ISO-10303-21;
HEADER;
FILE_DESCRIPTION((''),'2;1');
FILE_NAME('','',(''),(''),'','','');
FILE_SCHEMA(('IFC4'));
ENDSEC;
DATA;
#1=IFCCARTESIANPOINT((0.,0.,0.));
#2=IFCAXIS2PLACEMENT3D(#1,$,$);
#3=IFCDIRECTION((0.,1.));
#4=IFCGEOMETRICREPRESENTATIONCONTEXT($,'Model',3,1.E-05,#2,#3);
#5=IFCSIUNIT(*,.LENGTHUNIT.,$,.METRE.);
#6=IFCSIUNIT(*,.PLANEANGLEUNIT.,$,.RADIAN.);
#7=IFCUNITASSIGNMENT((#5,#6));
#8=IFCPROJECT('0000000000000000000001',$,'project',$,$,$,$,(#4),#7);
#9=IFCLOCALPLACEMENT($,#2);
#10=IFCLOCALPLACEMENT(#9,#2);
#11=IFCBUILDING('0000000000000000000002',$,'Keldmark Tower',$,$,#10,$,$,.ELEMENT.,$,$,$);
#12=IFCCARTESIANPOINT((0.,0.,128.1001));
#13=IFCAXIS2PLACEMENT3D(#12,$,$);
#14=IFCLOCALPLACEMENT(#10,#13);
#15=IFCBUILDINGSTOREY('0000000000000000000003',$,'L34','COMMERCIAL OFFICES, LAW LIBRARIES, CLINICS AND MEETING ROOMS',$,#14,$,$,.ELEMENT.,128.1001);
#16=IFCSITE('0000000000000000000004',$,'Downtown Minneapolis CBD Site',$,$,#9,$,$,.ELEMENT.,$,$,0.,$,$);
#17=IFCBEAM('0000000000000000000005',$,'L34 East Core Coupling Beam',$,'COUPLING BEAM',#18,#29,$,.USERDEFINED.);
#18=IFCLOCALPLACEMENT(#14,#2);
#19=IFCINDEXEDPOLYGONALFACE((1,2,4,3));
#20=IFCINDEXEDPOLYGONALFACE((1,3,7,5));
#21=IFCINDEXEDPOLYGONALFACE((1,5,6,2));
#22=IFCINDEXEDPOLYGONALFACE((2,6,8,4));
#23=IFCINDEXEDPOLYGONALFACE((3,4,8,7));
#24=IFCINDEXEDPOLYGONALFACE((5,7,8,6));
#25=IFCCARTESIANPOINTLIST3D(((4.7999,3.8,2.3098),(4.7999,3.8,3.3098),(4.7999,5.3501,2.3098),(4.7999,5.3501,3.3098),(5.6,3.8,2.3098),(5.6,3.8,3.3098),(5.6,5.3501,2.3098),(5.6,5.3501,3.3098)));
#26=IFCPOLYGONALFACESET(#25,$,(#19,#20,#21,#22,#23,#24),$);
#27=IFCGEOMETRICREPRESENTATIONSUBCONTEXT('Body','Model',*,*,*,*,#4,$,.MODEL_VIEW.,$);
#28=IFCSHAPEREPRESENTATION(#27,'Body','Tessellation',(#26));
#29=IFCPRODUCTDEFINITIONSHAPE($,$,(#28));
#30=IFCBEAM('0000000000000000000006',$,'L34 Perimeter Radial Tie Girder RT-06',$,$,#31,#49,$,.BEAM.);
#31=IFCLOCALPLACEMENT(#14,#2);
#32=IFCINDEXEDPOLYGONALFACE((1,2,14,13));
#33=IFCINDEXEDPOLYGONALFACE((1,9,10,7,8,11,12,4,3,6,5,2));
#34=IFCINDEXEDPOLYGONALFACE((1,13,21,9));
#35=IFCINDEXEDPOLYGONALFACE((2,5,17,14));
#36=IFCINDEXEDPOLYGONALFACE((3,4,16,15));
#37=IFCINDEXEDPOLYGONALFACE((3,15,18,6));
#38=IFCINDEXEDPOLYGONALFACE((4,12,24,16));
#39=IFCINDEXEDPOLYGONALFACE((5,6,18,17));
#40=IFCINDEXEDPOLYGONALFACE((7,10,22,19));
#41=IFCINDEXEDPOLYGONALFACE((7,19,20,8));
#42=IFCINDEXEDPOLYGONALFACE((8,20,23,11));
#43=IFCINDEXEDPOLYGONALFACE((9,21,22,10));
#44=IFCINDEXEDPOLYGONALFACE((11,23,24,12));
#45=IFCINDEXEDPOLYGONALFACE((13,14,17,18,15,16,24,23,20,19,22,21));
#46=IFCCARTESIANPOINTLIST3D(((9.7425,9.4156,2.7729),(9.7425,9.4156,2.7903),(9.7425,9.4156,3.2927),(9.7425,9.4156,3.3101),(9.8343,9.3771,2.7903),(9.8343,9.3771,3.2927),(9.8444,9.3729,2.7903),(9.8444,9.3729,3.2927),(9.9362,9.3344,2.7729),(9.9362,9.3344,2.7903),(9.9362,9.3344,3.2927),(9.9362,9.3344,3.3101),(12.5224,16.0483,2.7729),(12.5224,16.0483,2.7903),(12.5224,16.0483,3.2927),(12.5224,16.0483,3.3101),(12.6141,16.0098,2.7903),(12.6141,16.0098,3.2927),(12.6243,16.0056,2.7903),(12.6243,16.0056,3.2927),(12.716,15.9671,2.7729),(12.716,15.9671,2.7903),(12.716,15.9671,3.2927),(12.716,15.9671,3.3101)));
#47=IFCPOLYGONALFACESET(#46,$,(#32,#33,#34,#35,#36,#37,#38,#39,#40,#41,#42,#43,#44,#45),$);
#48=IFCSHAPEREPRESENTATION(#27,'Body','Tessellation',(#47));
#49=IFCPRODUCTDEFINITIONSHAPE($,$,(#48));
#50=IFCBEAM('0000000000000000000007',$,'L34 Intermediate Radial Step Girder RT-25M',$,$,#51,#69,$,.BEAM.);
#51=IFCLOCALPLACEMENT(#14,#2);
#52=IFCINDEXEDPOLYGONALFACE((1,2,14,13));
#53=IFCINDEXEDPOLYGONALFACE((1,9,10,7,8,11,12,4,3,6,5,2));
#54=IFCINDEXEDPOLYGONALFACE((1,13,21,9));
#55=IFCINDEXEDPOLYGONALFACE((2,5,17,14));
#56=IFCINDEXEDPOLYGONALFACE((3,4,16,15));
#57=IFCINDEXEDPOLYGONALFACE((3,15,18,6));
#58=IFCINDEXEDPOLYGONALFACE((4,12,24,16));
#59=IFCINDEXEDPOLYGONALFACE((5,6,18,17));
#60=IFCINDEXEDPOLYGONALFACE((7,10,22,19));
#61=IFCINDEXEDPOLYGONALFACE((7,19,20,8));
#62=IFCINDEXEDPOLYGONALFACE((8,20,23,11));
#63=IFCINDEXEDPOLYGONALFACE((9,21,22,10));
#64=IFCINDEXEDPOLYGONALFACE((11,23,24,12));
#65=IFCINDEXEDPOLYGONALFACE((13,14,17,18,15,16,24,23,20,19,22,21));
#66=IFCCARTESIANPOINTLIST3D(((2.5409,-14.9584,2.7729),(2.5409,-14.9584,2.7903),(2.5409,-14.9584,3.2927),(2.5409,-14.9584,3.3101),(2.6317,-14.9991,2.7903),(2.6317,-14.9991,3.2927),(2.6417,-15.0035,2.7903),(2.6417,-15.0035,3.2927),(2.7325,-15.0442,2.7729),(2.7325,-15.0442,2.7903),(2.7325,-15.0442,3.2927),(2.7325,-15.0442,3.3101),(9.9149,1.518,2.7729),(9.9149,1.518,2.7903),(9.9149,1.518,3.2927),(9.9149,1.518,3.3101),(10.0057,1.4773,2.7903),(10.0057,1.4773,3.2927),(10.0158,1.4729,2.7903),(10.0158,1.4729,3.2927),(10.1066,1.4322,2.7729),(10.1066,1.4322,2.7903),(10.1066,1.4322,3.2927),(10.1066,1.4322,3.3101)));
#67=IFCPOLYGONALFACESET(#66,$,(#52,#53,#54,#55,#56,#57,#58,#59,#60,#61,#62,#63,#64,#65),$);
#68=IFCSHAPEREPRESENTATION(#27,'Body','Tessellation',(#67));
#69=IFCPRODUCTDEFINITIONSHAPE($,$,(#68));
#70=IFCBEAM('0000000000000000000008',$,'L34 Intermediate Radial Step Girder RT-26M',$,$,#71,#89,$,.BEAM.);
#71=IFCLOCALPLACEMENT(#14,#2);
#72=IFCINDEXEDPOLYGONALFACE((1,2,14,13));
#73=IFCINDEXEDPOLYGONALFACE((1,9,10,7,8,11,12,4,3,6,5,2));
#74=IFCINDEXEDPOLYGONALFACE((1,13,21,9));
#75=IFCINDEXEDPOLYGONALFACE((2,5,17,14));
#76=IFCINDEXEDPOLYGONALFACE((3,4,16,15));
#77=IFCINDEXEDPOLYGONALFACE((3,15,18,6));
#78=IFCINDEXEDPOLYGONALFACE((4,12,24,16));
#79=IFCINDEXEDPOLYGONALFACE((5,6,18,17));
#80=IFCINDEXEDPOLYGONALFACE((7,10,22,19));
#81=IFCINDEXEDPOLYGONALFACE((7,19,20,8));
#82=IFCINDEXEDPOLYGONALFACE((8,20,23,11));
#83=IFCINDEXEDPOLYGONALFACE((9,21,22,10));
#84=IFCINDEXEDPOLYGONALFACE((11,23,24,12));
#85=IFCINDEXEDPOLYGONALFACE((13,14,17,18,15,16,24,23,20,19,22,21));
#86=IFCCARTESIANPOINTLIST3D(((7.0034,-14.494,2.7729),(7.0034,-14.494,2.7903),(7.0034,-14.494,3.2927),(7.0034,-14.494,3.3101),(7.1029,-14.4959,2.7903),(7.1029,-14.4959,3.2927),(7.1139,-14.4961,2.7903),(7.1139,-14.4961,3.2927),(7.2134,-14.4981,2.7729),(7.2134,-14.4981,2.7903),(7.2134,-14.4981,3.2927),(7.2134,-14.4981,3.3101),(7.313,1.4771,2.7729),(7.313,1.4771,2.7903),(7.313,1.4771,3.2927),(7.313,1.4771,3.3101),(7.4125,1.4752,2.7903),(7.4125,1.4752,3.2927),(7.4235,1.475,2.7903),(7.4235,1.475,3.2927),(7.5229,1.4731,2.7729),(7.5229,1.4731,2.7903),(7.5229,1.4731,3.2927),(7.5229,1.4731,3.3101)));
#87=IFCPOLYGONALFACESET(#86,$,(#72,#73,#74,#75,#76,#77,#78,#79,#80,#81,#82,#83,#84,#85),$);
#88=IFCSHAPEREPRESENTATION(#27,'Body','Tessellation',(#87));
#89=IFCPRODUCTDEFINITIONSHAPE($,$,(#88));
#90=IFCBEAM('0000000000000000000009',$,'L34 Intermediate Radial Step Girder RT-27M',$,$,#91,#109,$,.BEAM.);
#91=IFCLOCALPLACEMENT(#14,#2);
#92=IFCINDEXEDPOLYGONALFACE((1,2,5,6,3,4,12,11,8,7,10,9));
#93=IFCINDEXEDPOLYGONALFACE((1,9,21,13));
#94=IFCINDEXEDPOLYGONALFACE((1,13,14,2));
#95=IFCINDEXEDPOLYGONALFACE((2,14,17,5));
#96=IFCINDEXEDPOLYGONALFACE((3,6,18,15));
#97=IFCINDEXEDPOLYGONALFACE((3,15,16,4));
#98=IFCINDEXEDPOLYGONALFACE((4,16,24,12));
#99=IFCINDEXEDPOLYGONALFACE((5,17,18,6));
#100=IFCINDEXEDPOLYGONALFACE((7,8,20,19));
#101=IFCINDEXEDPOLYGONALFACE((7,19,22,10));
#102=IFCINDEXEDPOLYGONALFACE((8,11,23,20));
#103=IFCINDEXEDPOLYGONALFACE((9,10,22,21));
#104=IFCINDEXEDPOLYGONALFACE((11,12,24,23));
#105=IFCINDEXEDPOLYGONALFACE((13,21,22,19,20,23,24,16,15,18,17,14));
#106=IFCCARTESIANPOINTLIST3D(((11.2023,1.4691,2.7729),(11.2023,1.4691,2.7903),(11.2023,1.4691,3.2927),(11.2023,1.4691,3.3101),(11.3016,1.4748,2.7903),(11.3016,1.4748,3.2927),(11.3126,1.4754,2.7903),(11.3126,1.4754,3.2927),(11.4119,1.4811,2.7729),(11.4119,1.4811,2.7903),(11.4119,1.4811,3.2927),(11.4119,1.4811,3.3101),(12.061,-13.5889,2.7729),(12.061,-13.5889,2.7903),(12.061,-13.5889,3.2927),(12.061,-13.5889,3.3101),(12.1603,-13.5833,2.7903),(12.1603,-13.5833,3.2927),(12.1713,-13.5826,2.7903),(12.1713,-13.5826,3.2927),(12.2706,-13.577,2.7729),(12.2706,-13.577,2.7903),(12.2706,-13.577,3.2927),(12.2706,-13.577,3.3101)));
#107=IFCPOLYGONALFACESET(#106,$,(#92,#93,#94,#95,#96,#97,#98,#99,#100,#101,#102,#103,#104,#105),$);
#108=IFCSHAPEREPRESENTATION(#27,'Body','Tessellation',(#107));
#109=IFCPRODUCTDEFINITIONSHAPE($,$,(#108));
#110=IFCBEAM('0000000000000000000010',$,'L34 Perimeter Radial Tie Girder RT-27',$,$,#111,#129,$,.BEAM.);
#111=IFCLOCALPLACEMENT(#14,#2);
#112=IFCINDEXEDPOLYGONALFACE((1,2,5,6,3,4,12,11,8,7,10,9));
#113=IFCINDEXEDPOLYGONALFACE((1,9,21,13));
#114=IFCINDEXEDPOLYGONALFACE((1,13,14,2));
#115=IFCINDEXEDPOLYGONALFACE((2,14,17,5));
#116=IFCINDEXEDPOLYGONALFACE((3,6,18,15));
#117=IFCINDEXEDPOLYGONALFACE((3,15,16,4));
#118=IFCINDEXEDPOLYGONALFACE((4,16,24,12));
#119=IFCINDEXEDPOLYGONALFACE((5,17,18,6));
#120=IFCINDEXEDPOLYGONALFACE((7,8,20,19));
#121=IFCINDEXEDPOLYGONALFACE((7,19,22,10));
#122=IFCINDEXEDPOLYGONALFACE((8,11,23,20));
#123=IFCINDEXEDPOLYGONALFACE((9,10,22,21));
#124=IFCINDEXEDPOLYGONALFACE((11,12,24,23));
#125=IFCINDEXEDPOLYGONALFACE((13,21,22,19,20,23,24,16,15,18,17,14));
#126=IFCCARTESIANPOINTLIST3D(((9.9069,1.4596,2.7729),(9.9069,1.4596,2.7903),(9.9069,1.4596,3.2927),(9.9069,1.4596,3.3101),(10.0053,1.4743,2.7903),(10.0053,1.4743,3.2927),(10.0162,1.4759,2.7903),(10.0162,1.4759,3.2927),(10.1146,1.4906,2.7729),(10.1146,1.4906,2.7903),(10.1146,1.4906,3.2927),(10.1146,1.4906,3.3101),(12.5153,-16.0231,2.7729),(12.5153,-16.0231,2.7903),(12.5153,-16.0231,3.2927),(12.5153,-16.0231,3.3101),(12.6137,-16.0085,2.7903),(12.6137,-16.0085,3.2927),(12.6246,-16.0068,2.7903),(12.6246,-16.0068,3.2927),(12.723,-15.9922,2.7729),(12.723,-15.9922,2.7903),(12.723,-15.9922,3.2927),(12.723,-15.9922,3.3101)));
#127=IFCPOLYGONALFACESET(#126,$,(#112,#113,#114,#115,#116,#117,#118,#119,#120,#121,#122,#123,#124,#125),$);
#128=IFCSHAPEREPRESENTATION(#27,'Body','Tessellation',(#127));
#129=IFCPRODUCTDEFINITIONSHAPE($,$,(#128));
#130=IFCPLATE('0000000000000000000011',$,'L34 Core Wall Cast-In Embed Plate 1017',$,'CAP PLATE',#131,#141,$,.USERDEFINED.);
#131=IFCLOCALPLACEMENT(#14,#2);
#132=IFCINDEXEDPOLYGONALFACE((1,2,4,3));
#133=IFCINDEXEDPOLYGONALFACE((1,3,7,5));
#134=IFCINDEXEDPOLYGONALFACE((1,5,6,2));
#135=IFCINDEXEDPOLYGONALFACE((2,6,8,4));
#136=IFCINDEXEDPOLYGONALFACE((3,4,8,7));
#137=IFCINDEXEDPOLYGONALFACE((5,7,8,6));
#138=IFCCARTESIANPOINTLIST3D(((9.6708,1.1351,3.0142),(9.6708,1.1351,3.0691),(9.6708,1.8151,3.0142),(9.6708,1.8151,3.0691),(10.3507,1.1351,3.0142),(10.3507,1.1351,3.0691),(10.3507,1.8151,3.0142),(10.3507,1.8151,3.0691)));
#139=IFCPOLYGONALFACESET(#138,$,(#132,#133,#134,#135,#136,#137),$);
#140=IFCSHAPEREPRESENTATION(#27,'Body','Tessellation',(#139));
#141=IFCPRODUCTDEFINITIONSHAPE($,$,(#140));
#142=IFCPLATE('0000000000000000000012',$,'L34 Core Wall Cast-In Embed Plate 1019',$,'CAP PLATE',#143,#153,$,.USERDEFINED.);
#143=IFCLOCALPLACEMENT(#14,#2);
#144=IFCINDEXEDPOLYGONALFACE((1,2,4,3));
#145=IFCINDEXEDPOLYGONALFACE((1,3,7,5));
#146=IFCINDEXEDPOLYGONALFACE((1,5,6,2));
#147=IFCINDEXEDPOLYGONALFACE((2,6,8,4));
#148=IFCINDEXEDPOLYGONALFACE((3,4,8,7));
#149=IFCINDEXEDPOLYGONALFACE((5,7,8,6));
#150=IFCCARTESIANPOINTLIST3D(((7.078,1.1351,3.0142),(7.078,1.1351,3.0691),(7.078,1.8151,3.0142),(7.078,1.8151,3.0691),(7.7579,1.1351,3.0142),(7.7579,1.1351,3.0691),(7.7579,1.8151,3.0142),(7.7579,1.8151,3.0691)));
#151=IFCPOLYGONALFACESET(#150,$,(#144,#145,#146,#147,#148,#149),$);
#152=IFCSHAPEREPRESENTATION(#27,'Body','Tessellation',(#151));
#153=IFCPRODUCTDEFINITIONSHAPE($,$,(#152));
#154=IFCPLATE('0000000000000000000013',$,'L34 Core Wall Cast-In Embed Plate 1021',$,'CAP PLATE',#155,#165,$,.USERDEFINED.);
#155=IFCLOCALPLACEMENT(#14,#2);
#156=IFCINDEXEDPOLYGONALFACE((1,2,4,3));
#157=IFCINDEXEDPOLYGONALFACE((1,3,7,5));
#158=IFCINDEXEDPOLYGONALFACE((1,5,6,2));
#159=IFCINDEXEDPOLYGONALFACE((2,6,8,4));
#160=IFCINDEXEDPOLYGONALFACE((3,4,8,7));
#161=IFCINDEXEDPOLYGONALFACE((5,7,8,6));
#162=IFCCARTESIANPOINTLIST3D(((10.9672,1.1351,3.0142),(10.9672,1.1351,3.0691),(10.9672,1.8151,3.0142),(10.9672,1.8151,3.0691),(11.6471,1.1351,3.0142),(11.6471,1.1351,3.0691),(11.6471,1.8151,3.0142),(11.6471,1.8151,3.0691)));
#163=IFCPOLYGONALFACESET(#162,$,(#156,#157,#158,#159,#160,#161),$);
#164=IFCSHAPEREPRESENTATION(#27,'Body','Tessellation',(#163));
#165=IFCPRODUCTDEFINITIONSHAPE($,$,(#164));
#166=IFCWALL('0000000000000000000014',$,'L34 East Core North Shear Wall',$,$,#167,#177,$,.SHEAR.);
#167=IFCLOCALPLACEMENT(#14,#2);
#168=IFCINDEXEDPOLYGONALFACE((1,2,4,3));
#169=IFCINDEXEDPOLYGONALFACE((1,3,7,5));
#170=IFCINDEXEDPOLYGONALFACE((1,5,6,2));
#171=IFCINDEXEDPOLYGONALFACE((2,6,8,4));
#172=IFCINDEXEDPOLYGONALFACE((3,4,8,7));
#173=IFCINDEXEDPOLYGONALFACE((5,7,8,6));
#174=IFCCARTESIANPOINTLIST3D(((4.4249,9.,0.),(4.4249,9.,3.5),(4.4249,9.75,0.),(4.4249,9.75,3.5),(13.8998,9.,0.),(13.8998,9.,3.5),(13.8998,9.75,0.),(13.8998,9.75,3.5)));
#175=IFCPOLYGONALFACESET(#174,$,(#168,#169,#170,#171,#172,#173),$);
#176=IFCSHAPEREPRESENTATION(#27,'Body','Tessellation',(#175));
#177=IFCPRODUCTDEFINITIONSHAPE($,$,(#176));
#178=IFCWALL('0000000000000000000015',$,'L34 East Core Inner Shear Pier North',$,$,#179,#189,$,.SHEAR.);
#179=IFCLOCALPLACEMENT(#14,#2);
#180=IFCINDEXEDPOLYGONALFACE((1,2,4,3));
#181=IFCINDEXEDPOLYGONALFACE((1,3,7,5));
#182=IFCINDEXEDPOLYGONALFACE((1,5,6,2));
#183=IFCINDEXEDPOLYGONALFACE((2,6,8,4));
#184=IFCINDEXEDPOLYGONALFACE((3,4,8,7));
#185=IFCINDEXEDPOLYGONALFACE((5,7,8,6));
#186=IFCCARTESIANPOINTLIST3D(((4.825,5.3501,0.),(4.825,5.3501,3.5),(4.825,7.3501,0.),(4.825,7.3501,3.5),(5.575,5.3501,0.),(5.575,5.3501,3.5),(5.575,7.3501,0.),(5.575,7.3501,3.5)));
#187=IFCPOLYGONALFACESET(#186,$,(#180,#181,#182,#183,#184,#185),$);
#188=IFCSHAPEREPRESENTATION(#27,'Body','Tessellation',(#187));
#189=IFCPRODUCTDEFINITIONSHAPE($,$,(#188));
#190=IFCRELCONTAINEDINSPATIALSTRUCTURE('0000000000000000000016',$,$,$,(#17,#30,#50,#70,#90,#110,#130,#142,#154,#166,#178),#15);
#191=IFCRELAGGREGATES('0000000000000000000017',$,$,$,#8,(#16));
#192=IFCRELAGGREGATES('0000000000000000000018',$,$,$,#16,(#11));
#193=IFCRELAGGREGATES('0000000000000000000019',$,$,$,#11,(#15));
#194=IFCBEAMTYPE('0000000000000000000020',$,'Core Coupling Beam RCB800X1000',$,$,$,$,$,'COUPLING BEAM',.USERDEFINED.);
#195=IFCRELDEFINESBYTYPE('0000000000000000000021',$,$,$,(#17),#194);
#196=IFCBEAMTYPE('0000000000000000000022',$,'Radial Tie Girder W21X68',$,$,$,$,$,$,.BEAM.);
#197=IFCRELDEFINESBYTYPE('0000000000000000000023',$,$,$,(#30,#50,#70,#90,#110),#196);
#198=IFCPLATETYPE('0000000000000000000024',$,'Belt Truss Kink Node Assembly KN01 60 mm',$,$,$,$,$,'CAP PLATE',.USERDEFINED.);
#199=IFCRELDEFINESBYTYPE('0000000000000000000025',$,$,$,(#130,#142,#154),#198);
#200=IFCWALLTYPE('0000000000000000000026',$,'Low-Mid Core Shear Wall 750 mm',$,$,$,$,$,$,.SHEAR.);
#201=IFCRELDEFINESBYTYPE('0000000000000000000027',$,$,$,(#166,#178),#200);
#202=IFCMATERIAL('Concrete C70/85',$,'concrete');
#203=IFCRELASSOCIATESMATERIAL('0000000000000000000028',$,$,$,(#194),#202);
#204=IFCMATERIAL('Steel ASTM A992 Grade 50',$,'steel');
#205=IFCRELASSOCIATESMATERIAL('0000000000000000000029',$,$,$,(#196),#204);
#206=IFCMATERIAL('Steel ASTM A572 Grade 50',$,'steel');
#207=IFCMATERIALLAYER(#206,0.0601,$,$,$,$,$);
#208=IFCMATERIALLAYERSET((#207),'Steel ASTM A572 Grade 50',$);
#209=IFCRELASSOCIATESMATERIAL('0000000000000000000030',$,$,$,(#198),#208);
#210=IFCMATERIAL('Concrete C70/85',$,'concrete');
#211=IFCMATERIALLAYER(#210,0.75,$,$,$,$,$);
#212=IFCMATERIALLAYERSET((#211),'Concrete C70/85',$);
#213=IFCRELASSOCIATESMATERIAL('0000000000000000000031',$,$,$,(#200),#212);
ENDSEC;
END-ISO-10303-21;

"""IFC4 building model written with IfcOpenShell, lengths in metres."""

from ifc_helpers import new_model, si_unit, direction, frame, frame_2d, origin, origin_2d, place, context, subcontext, project, spatial, rectangle, i_section, extrude, material, layer, layer_set, material_profile, profile_set, type_object, element, save


model = new_model("IFC4")

# Units and contexts
model_context = context("Model", 3, precision=1e-05, world=origin(), true_north=direction((0.0, 1.0)))
body_context = subcontext(model_context, "Body", "Model", "MODEL_VIEW")
ifc_project = project(units=[si_unit("LENGTHUNIT", "METRE"), si_unit("PLANEANGLEUNIT", "RADIAN")], contexts=[model_context])

# Site, building, storey
site_placement = place(None, origin())
site = spatial("IfcSite", under=ifc_project, at=site_placement, Name="Downtown Minneapolis CBD Site", CompositionType="ELEMENT", RefElevation=0.0)
building_placement = place(site_placement, origin())
building = spatial("IfcBuilding", under=site, at=building_placement, Name="Keldmark Tower", CompositionType="ELEMENT")
storey_placement = place(building_placement, frame((0.0, 0.0, 128.1001)))
storey = spatial("IfcBuildingStorey", under=building, at=storey_placement, Name="L34", Description="COMMERCIAL OFFICES, LAW LIBRARIES, CLINICS AND MEETING ROOMS", CompositionType="ELEMENT", Elevation=128.1001)

# Beams
ifc_material_1 = material(Name="Concrete C70/85", Category="concrete")
ifc_material_profile_1 = material_profile(ifc_material_1, rectangle(XDim=0.8, YDim=1.0, at=origin_2d()), Name="RCB800X1000")
ifc_profile_set_1 = profile_set([ifc_material_profile_1], Name="Concrete C70/85")
beam_type_1 = type_object("IfcBeamType", Name="Core Coupling Beam RCB800X1000", ElementType="COUPLING BEAM", PredefinedType="USERDEFINED", material=ifc_profile_set_1)
beam_1_placement = place(storey_placement, frame((5.2, 3.8, 2.8098), z_axis=(0.0, 1.0, 0.0), x_axis=(-1.0, 0.0, 0.0)))
element("IfcBeam", 1, at=beam_1_placement, inside=storey, type_object=beam_type_1, Name="L34 East Core Coupling Beam", ObjectType="COUPLING BEAM", PredefinedType="USERDEFINED", context=body_context, shape_type="SweptSolid", body=[
    extrude(rectangle(XDim=0.8, YDim=1.0, at=origin_2d()), origin(), (0.0, 0.0, 1.0), 1.55),
])
ifc_material_2 = material(Name="Steel ASTM A992 Grade 50", Category="steel")
ifc_material_profile_2 = material_profile(ifc_material_2, i_section(OverallWidth=0.21, OverallDepth=0.5371, WebThickness=0.011, FlangeThickness=0.0173, at=origin_2d()), Name="W21X68")
ifc_profile_set_2 = profile_set([ifc_material_profile_2], Name="Steel ASTM A992 Grade 50")
beam_type_2 = type_object("IfcBeamType", Name="Radial Tie Girder W21X68", PredefinedType="BEAM", material=ifc_profile_set_2)
beam_2_placement = place(storey_placement, frame((9.8394, 9.375, 3.0415), z_axis=(0.386536, 0.922274, 0.0), x_axis=(-0.922274, 0.386536, 0.0)))
element("IfcBeam", 2, at=beam_2_placement, inside=storey, type_object=beam_type_2, Name="L34 Perimeter Radial Tie Girder RT-06", PredefinedType="BEAM", context=body_context, shape_type="SweptSolid", body=[
    extrude(i_section(OverallWidth=0.21, OverallDepth=0.5371, WebThickness=0.011, FlangeThickness=0.0173, at=origin_2d()), origin(), (0.0, 0.0, 1.0), 7.1917),
])
beam_3_placement = place(storey_placement, frame((10.0107, 1.4751, 3.0415), z_axis=(-0.408506, -0.912755, 0.0), x_axis=(0.912755, -0.408506, 0.0)))
element("IfcBeam", 3, at=beam_3_placement, inside=storey, type_object=beam_type_2, Name="L34 Intermediate Radial Step Girder RT-25M", PredefinedType="BEAM", context=body_context, shape_type="SweptSolid", body=[
    extrude(i_section(OverallWidth=0.21, OverallDepth=0.5371, WebThickness=0.011, FlangeThickness=0.0173, at=origin_2d()), origin(), (0.0, 0.0, 1.0), 18.0513),
])
beam_4_placement = place(storey_placement, frame((7.418, 1.4751, 3.0415), z_axis=(-0.019379, -0.999812, 0.0), x_axis=(0.999812, -0.019379, 0.0)))
element("IfcBeam", 4, at=beam_4_placement, inside=storey, type_object=beam_type_2, Name="L34 Intermediate Radial Step Girder RT-26M", PredefinedType="BEAM", context=body_context, shape_type="SweptSolid", body=[
    extrude(i_section(OverallWidth=0.21, OverallDepth=0.5371, WebThickness=0.011, FlangeThickness=0.0173, at=origin_2d()), origin(), (0.0, 0.0, 1.0), 15.9741),
])
beam_5_placement = place(storey_placement, frame((11.3071, 1.4751, 3.0415), z_axis=(0.056929, -0.998378, 0.0), x_axis=(0.998378, 0.056929, 0.0)))
element("IfcBeam", 5, at=beam_5_placement, inside=storey, type_object=beam_type_2, Name="L34 Intermediate Radial Step Girder RT-27M", PredefinedType="BEAM", context=body_context, shape_type="SweptSolid", body=[
    extrude(i_section(OverallWidth=0.21, OverallDepth=0.5371, WebThickness=0.011, FlangeThickness=0.0173, at=origin_2d()), origin(), (0.0, 0.0, 1.0), 15.0825),
])
beam_6_placement = place(storey_placement, frame((10.0107, 1.4751, 3.0415), z_axis=(0.147566, -0.989052, 0.0), x_axis=(0.989052, 0.147566, 0.0)))
element("IfcBeam", 6, at=beam_6_placement, inside=storey, type_object=beam_type_2, Name="L34 Perimeter Radial Tie Girder RT-27", PredefinedType="BEAM", context=body_context, shape_type="SweptSolid", body=[
    extrude(i_section(OverallWidth=0.21, OverallDepth=0.5371, WebThickness=0.011, FlangeThickness=0.0173, at=origin_2d()), origin(), (0.0, 0.0, 1.0), 17.6763),
])

# Plates
ifc_material_3 = material(Name="Steel ASTM A572 Grade 50", Category="steel")
ifc_layer_1 = layer(ifc_material_3, 0.0601)
ifc_layer_set_1 = layer_set([ifc_layer_1], Name="Steel ASTM A572 Grade 50")
plate_type = type_object("IfcPlateType", Name="Belt Truss Kink Node Assembly KN01 60 mm", ElementType="CAP PLATE", PredefinedType="USERDEFINED", material=ifc_layer_set_1)
for number, where, z_axis, x_axis, name in (
    (7, (10.0107, 1.4751, 3.0142), (0.0, 0.0, 1.0), (1.0, 0.0, 0.0), "L34 Core Wall Cast-In Embed Plate 1017"),
    (8, (7.418, 1.4751, 3.0142), (0.0, 0.0, 1.0), (1.0, 0.0, 0.0), "L34 Core Wall Cast-In Embed Plate 1019"),
    (9, (11.3071, 1.4751, 3.0142), (0.0, 0.0, 1.0), (1.0, 0.0, 0.0), "L34 Core Wall Cast-In Embed Plate 1021"),
):
    element("IfcPlate", number, at=place(storey_placement, frame(where, z_axis=z_axis, x_axis=x_axis)), inside=storey, type_object=plate_type, Name=name, ObjectType="CAP PLATE", PredefinedType="USERDEFINED", context=body_context, shape_type="SweptSolid", body=[
        extrude(rectangle(XDim=0.6799, YDim=0.6799, at=origin_2d()), origin(), (0.0, 0.0, 1.0), 0.0549),
    ])

# Walls
ifc_material_4 = material(Name="Concrete C70/85", Category="concrete")
ifc_layer_2 = layer(ifc_material_4, 0.75)
ifc_layer_set_2 = layer_set([ifc_layer_2], Name="Concrete C70/85")
wall_type_1 = type_object("IfcWallType", Name="Low-Mid Core Shear Wall 750 mm", PredefinedType="SHEAR", material=ifc_layer_set_2)
wall_1_placement = place(storey_placement, frame((4.425, 9.375, 0.0), z_axis=(0.0, 0.0, 1.0), x_axis=(1.0, 0.0, 0.0)))
element("IfcWall", 10, at=wall_1_placement, inside=storey, type_object=wall_type_1, Name="L34 East Core North Shear Wall", PredefinedType="SHEAR", context=body_context, shape_type="SweptSolid", body=[
    extrude(rectangle(XDim=9.4749, YDim=0.75, at=frame_2d((4.7373, 0.0))), origin(), (0.0, 0.0, 1.0), 3.5),
])
wall_2_placement = place(storey_placement, frame((5.2, 5.3501, 0.0), z_axis=(0.0, 0.0, 1.0), x_axis=(0.0, 1.0, 0.0)))
element("IfcWall", 11, at=wall_2_placement, inside=storey, type_object=wall_type_1, Name="L34 East Core Inner Shear Pier North", PredefinedType="SHEAR", context=body_context, shape_type="SweptSolid", body=[
    extrude(rectangle(XDim=2.0, YDim=0.75, at=frame_2d((1.0, 0.0))), origin(), (0.0, 0.0, 1.0), 3.5),
])

save(model, "model.ifc")
